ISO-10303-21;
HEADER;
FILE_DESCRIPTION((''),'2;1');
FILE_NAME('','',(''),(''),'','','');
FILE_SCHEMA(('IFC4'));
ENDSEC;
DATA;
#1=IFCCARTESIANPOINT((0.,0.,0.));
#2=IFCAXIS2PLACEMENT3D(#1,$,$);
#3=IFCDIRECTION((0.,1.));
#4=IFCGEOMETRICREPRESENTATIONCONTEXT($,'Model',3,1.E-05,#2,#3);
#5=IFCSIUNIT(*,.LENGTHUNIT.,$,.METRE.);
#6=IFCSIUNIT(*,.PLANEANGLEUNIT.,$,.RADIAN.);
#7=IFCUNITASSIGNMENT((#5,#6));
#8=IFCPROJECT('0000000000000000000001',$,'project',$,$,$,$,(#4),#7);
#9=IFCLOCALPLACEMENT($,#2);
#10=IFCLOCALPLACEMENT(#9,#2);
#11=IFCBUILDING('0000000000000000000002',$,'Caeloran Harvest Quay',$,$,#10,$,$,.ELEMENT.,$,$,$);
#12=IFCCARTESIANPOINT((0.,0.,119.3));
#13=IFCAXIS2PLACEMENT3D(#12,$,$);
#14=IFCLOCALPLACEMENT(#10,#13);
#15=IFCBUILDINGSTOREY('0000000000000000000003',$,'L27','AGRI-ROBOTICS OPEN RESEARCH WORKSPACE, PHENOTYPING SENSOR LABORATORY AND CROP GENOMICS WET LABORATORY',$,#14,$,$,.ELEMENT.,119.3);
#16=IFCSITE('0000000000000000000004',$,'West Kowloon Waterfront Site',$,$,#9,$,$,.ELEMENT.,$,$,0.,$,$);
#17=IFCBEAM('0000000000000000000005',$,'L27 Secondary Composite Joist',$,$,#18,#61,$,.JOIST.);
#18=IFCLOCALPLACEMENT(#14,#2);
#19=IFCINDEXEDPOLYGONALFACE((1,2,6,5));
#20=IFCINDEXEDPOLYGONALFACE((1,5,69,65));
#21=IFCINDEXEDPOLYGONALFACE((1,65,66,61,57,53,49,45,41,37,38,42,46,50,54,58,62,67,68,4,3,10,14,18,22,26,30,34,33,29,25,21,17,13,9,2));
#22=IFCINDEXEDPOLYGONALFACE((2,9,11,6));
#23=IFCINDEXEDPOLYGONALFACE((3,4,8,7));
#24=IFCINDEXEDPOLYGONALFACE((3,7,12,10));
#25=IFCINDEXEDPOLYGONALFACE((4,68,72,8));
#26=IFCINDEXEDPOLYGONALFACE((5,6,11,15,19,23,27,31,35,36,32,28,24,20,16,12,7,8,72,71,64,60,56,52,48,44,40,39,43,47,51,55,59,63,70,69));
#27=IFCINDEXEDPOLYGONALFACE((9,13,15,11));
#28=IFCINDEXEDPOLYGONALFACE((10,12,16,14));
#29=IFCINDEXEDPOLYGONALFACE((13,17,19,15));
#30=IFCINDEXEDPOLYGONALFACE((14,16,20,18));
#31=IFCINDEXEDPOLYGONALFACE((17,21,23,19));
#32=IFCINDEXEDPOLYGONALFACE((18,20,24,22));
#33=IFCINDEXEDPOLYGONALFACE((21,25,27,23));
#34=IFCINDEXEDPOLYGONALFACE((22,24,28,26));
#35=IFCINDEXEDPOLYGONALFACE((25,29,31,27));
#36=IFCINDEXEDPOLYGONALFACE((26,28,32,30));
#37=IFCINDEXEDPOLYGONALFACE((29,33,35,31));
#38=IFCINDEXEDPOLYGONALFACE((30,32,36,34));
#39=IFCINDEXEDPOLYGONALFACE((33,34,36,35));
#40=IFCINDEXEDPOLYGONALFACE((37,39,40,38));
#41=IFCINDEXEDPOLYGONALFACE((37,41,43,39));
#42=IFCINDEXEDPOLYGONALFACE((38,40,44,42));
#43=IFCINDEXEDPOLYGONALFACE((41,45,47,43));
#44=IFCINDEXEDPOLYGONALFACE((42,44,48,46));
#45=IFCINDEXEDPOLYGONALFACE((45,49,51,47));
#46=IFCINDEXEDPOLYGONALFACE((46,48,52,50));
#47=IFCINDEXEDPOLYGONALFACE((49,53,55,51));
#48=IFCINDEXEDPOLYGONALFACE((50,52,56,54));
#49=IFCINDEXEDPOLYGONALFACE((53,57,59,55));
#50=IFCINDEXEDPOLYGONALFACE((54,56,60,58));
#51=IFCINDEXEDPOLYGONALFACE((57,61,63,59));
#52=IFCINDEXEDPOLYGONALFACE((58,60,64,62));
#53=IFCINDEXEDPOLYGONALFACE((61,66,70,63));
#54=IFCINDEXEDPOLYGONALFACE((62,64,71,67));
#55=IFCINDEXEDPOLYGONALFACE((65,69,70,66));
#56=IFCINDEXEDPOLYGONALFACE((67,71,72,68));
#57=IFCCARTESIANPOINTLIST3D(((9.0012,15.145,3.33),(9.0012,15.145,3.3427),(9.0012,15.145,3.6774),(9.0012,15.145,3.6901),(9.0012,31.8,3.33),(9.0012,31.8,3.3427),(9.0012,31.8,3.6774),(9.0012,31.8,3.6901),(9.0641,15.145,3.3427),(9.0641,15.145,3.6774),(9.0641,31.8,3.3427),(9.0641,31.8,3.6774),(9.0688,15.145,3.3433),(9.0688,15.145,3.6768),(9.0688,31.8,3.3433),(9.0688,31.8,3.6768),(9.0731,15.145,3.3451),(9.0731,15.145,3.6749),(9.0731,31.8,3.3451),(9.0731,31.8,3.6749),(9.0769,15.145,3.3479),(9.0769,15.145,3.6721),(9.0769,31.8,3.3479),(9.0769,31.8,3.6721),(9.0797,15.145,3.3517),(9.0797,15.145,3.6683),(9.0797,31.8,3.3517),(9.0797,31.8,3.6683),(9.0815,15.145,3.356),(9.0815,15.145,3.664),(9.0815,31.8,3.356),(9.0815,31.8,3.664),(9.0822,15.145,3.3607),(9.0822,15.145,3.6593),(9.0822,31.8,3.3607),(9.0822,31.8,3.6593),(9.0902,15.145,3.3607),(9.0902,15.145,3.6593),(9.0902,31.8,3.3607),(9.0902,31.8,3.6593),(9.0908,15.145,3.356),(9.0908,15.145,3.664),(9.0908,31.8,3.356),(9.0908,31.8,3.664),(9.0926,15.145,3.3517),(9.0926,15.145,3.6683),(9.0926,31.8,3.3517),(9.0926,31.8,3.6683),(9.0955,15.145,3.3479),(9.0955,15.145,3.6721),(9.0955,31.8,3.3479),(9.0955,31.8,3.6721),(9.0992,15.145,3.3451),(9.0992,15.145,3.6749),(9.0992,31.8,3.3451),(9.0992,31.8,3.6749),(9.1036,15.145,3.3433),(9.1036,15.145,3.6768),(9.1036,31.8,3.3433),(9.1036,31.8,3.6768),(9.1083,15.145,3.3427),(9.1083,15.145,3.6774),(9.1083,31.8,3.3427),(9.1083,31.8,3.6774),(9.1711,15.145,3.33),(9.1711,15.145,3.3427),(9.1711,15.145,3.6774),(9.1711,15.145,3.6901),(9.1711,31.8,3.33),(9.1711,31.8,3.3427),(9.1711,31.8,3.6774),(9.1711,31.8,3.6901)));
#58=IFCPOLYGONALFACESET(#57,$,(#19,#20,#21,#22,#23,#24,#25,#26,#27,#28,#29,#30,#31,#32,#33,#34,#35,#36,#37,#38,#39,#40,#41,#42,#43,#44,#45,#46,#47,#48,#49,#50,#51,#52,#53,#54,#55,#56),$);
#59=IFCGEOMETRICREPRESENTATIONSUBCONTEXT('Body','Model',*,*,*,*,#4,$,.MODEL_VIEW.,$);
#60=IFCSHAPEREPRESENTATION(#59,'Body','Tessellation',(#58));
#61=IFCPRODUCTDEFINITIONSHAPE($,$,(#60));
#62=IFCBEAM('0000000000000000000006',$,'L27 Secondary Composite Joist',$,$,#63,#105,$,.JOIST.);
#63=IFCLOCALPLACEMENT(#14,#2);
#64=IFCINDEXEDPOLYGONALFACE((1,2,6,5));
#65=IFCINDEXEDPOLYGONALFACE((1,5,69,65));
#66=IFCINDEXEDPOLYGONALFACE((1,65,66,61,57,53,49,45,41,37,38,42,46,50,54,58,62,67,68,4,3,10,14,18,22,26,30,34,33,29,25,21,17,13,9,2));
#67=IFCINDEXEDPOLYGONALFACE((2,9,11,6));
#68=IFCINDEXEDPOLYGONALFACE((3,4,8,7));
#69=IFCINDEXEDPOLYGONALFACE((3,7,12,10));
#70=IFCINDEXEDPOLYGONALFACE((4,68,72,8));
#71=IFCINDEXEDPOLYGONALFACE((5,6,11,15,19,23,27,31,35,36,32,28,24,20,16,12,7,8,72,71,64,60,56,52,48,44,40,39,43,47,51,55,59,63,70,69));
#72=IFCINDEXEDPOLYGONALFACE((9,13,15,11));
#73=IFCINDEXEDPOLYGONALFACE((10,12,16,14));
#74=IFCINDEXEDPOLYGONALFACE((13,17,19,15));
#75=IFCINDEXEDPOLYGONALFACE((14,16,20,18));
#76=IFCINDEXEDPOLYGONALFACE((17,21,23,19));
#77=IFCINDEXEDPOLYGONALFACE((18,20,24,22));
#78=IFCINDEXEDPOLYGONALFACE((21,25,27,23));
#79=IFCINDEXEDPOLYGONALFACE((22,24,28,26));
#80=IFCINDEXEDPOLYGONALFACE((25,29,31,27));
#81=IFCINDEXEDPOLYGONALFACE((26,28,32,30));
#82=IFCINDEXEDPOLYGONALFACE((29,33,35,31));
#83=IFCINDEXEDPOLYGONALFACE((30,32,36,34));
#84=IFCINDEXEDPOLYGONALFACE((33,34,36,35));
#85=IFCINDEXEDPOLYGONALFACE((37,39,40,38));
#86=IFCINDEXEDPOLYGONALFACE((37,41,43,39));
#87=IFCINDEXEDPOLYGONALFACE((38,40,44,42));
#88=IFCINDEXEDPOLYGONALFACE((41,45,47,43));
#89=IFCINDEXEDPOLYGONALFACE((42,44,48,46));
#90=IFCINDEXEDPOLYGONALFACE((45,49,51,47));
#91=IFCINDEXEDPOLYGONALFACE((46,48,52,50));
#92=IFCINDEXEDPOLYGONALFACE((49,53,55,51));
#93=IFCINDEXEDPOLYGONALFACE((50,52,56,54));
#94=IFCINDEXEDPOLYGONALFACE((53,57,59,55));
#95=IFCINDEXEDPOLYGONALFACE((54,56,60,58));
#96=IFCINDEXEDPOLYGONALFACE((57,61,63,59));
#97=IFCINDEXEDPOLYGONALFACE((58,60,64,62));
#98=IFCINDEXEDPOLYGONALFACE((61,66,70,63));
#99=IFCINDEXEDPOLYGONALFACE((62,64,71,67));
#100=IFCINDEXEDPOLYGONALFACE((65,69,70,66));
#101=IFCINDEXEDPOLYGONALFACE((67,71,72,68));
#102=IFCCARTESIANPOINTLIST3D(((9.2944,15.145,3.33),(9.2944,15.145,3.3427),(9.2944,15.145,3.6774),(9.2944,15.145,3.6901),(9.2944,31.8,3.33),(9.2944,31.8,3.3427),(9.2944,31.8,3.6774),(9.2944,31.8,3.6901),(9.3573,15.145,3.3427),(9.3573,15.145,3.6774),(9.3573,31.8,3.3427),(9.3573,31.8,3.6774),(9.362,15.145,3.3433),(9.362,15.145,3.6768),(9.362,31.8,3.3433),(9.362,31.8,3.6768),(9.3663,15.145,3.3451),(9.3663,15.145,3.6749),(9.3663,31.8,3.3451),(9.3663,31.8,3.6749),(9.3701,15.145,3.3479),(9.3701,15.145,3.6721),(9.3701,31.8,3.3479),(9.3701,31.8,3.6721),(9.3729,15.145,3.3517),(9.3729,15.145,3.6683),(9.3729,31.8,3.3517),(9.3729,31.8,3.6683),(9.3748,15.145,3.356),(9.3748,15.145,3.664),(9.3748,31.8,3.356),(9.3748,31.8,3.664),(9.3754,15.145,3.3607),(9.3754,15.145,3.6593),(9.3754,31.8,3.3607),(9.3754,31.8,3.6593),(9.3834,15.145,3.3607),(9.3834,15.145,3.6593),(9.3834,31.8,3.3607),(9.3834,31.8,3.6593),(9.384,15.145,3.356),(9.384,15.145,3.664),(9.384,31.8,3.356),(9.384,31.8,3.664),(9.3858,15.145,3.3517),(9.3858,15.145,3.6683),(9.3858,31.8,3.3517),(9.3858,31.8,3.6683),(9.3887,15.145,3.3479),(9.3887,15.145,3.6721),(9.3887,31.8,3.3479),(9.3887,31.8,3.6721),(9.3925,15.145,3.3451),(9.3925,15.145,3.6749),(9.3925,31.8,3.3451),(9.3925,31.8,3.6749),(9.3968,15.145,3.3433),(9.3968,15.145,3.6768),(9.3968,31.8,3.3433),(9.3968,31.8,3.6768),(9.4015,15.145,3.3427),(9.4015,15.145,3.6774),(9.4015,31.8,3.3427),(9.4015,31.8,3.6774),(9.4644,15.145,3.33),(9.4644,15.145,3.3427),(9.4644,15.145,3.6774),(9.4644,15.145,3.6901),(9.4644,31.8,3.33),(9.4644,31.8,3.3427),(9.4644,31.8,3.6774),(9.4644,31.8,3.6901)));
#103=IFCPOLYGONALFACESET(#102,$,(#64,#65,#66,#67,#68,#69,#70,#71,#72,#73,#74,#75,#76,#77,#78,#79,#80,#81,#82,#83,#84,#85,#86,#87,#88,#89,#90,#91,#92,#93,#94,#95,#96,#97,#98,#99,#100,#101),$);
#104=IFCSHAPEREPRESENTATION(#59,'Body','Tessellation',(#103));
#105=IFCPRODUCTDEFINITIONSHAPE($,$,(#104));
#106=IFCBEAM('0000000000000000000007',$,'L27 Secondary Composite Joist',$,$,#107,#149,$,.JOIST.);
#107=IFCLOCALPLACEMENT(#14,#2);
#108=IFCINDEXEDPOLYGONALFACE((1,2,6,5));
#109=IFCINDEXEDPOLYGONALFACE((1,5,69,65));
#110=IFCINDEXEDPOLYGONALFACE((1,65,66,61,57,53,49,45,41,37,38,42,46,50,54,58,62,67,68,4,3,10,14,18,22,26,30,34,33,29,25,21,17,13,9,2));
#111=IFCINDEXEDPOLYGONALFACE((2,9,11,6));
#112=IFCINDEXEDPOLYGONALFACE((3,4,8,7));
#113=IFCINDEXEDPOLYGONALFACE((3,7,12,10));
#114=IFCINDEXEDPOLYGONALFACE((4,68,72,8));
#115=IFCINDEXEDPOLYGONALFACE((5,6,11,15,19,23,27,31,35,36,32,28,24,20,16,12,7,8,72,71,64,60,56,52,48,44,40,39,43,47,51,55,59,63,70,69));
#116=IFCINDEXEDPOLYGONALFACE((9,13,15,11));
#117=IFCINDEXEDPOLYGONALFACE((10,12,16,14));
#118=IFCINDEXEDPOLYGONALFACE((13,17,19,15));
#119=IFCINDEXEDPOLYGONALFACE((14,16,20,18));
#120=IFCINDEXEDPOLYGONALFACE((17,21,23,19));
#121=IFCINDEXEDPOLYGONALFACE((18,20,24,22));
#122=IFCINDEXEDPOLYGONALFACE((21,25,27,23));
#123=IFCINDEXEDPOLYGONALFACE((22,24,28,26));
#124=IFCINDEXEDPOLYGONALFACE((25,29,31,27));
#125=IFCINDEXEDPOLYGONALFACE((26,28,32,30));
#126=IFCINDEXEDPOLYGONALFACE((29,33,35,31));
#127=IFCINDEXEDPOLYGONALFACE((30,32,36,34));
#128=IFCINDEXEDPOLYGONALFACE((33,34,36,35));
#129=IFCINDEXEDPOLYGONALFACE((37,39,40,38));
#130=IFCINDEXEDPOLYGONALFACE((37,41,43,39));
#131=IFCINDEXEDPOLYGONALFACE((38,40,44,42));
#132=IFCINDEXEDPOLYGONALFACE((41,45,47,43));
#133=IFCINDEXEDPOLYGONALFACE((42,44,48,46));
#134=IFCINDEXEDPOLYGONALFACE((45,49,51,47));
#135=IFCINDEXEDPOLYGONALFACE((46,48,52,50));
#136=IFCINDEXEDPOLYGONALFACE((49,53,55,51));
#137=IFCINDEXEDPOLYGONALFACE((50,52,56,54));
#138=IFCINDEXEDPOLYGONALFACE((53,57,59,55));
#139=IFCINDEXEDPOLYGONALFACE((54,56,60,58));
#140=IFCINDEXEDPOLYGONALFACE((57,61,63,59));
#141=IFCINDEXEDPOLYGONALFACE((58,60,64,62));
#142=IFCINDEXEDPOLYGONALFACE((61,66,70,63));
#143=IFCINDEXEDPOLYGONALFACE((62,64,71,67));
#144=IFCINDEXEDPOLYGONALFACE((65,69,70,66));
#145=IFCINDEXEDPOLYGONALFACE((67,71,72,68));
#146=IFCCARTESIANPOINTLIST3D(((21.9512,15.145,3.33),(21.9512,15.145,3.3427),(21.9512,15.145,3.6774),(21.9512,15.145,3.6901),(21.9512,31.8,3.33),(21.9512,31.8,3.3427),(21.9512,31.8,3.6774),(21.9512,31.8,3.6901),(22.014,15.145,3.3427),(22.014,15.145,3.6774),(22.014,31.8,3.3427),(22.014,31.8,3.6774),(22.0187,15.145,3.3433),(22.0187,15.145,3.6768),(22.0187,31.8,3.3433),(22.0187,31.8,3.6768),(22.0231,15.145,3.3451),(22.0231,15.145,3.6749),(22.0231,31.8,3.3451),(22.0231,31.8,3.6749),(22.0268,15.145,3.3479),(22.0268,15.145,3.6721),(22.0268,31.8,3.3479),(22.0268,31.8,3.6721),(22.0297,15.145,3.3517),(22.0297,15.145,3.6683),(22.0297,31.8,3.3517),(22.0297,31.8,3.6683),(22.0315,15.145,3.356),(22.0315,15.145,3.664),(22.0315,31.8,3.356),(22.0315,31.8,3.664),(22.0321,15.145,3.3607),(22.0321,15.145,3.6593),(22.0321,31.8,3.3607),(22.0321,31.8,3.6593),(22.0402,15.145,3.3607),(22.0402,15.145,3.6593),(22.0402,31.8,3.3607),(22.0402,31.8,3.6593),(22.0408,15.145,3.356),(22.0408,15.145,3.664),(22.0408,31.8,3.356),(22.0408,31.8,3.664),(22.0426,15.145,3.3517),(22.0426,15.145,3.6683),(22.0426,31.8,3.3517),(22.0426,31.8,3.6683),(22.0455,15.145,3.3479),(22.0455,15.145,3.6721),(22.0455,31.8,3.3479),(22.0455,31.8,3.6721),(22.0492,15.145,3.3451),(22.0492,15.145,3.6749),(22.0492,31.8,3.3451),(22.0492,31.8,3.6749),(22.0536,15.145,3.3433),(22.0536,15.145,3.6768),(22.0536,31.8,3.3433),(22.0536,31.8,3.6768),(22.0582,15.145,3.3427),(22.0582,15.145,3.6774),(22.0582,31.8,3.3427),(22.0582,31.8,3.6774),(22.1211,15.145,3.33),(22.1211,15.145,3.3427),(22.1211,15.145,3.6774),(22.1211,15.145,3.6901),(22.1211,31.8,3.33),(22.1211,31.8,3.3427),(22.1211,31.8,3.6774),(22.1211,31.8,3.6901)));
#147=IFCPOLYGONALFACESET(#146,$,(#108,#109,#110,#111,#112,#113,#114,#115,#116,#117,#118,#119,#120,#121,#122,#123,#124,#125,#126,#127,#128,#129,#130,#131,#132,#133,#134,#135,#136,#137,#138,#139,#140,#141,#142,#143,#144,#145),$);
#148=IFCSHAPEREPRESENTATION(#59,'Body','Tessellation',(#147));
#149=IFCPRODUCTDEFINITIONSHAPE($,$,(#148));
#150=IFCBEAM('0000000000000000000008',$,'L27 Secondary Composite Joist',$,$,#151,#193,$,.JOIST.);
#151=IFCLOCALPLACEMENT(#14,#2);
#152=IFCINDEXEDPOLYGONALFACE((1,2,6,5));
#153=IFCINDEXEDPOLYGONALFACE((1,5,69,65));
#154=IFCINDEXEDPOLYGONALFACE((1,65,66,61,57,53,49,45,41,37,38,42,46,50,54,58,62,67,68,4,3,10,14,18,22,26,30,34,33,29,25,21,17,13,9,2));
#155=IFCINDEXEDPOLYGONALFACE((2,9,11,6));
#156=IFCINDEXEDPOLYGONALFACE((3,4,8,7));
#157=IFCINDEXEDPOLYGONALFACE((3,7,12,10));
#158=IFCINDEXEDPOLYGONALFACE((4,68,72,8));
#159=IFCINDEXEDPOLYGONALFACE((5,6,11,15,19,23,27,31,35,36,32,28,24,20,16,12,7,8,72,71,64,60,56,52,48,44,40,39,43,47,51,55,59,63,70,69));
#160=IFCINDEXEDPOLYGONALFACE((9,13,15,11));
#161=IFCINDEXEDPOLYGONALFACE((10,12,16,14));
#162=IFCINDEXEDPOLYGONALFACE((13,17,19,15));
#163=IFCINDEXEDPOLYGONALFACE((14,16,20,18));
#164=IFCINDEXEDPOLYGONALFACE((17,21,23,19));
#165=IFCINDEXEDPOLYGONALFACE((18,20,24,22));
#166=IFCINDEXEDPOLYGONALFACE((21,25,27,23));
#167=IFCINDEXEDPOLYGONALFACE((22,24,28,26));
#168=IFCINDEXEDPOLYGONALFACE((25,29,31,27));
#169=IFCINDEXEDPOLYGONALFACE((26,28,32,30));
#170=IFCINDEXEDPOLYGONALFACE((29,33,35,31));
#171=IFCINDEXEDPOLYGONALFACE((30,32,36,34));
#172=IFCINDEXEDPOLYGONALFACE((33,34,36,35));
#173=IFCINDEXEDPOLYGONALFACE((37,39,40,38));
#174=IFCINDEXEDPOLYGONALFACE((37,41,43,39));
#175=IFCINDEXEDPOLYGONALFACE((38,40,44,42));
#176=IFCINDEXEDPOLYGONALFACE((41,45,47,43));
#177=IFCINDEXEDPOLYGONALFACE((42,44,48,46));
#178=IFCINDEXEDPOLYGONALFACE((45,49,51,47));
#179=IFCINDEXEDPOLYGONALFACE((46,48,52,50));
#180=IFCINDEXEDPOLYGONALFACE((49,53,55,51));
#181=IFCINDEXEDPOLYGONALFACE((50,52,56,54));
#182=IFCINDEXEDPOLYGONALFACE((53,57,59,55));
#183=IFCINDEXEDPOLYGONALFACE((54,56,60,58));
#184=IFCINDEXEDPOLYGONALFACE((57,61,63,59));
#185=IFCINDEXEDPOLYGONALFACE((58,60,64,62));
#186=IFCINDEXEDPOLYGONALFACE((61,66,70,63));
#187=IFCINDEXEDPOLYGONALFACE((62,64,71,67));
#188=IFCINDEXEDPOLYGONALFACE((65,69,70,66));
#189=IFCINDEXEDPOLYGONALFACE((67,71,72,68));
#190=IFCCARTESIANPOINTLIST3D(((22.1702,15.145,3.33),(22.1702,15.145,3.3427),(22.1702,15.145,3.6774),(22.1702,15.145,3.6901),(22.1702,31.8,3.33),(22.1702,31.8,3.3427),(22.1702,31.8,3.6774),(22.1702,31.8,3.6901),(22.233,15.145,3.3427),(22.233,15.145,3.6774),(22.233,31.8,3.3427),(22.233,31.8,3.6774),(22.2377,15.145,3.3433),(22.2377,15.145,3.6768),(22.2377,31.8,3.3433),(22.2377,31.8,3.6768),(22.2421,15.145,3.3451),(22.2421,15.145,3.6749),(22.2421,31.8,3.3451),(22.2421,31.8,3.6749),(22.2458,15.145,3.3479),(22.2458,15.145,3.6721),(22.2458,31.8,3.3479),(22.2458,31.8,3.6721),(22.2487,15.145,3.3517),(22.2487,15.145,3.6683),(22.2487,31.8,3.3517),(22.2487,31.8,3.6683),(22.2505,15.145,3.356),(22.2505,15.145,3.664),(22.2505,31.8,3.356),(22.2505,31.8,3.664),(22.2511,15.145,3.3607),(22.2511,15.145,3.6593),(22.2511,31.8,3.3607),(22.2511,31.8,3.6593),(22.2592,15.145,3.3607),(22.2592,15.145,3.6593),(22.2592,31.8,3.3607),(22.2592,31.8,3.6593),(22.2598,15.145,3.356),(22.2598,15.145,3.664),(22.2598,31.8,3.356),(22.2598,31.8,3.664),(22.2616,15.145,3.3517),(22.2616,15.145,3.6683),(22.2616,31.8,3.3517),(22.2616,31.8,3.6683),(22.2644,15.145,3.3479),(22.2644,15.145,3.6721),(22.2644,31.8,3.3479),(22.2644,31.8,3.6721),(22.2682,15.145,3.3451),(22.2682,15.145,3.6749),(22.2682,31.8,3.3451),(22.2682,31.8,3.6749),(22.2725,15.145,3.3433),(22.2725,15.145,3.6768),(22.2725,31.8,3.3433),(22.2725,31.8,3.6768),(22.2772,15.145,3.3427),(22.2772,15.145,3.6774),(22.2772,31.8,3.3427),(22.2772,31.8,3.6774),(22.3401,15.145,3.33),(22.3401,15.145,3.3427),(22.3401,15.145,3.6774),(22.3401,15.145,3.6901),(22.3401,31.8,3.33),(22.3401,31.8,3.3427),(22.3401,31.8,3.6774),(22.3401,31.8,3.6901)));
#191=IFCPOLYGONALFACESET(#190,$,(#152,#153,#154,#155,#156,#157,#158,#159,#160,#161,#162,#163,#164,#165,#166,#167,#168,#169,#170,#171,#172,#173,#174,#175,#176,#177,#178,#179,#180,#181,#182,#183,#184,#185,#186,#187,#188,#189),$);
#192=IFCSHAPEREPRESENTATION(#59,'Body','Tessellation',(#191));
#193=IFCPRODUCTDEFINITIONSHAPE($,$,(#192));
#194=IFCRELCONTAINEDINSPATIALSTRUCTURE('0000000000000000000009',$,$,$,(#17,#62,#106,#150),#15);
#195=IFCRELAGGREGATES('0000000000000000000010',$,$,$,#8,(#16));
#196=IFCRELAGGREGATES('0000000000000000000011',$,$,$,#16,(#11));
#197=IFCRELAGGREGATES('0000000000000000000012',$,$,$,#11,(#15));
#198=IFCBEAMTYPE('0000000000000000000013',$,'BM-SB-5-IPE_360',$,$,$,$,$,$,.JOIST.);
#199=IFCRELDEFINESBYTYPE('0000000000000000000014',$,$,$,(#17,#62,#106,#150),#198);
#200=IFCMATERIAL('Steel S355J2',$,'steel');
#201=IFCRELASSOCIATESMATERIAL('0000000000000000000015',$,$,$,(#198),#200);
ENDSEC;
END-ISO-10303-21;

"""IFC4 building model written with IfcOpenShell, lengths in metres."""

from ifc_helpers import new_model, si_unit, direction, frame, origin, origin_2d, place, context, subcontext, project, spatial, i_section, extrude, material, material_profile, profile_set, type_object, element, save


model = new_model("IFC4")

# Units and contexts
model_context = context("Model", 3, precision=1e-05, world=origin(), true_north=direction((0.0, 1.0)))
body_context = subcontext(model_context, "Body", "Model", "MODEL_VIEW")
ifc_project = project(units=[si_unit("LENGTHUNIT", "METRE"), si_unit("PLANEANGLEUNIT", "RADIAN")], contexts=[model_context])

# Site, building, storey
site_placement = place(None, origin())
site = spatial("IfcSite", under=ifc_project, at=site_placement, Name="West Kowloon Waterfront Site", CompositionType="ELEMENT", RefElevation=0.0)
building_placement = place(site_placement, origin())
building = spatial("IfcBuilding", under=site, at=building_placement, Name="Caeloran Harvest Quay", CompositionType="ELEMENT")
storey_placement = place(building_placement, frame((0.0, 0.0, 119.3)))
storey = spatial("IfcBuildingStorey", under=building, at=storey_placement, Name="L27", Description="AGRI-ROBOTICS OPEN RESEARCH WORKSPACE, PHENOTYPING SENSOR LABORATORY AND CROP GENOMICS WET LABORATORY", CompositionType="ELEMENT", Elevation=119.3)

# Beams
ifc_material_1 = material(Name="Steel S355J2", Category="steel")
ifc_material_profile_1 = material_profile(ifc_material_1, i_section(OverallWidth=0.1699, OverallDepth=0.3601, WebThickness=0.0081, FlangeThickness=0.0127, FilletRadius=0.0181, at=origin_2d()), Name="IPE 360")
ifc_profile_set_1 = profile_set([ifc_material_profile_1], Name="Steel S355J2")
beam_type_1 = type_object("IfcBeamType", Name="BM-SB-5-IPE_360", PredefinedType="JOIST", material=ifc_profile_set_1)
for number, where, z_axis, x_axis, name in (
    (1, (9.0862, 15.145, 3.51), (0.0, 1.0, 0.0), (-1.0, 0.0, 0.0), "L27 Secondary Composite Joist"),
    (2, (9.3794, 15.145, 3.51), (0.0, 1.0, 0.0), (-1.0, 0.0, 0.0), "L27 Secondary Composite Joist"),
    (3, (22.0361, 15.145, 3.51), (0.0, 1.0, 0.0), (-1.0, 0.0, 0.0), "L27 Secondary Composite Joist"),
    (4, (22.2551, 15.145, 3.51), (0.0, 1.0, 0.0), (-1.0, 0.0, 0.0), "L27 Secondary Composite Joist"),
):
    element("IfcBeam", number, at=place(storey_placement, frame(where, z_axis=z_axis, x_axis=x_axis)), inside=storey, type_object=beam_type_1, Name=name, PredefinedType="JOIST", context=body_context, shape_type="SweptSolid", body=[
        extrude(i_section(OverallWidth=0.1699, OverallDepth=0.3601, WebThickness=0.0081, FlangeThickness=0.0127, FilletRadius=0.0181, at=origin_2d()), origin(), (0.0, 0.0, 1.0), 16.655),
    ])

save(model, "model.ifc")
